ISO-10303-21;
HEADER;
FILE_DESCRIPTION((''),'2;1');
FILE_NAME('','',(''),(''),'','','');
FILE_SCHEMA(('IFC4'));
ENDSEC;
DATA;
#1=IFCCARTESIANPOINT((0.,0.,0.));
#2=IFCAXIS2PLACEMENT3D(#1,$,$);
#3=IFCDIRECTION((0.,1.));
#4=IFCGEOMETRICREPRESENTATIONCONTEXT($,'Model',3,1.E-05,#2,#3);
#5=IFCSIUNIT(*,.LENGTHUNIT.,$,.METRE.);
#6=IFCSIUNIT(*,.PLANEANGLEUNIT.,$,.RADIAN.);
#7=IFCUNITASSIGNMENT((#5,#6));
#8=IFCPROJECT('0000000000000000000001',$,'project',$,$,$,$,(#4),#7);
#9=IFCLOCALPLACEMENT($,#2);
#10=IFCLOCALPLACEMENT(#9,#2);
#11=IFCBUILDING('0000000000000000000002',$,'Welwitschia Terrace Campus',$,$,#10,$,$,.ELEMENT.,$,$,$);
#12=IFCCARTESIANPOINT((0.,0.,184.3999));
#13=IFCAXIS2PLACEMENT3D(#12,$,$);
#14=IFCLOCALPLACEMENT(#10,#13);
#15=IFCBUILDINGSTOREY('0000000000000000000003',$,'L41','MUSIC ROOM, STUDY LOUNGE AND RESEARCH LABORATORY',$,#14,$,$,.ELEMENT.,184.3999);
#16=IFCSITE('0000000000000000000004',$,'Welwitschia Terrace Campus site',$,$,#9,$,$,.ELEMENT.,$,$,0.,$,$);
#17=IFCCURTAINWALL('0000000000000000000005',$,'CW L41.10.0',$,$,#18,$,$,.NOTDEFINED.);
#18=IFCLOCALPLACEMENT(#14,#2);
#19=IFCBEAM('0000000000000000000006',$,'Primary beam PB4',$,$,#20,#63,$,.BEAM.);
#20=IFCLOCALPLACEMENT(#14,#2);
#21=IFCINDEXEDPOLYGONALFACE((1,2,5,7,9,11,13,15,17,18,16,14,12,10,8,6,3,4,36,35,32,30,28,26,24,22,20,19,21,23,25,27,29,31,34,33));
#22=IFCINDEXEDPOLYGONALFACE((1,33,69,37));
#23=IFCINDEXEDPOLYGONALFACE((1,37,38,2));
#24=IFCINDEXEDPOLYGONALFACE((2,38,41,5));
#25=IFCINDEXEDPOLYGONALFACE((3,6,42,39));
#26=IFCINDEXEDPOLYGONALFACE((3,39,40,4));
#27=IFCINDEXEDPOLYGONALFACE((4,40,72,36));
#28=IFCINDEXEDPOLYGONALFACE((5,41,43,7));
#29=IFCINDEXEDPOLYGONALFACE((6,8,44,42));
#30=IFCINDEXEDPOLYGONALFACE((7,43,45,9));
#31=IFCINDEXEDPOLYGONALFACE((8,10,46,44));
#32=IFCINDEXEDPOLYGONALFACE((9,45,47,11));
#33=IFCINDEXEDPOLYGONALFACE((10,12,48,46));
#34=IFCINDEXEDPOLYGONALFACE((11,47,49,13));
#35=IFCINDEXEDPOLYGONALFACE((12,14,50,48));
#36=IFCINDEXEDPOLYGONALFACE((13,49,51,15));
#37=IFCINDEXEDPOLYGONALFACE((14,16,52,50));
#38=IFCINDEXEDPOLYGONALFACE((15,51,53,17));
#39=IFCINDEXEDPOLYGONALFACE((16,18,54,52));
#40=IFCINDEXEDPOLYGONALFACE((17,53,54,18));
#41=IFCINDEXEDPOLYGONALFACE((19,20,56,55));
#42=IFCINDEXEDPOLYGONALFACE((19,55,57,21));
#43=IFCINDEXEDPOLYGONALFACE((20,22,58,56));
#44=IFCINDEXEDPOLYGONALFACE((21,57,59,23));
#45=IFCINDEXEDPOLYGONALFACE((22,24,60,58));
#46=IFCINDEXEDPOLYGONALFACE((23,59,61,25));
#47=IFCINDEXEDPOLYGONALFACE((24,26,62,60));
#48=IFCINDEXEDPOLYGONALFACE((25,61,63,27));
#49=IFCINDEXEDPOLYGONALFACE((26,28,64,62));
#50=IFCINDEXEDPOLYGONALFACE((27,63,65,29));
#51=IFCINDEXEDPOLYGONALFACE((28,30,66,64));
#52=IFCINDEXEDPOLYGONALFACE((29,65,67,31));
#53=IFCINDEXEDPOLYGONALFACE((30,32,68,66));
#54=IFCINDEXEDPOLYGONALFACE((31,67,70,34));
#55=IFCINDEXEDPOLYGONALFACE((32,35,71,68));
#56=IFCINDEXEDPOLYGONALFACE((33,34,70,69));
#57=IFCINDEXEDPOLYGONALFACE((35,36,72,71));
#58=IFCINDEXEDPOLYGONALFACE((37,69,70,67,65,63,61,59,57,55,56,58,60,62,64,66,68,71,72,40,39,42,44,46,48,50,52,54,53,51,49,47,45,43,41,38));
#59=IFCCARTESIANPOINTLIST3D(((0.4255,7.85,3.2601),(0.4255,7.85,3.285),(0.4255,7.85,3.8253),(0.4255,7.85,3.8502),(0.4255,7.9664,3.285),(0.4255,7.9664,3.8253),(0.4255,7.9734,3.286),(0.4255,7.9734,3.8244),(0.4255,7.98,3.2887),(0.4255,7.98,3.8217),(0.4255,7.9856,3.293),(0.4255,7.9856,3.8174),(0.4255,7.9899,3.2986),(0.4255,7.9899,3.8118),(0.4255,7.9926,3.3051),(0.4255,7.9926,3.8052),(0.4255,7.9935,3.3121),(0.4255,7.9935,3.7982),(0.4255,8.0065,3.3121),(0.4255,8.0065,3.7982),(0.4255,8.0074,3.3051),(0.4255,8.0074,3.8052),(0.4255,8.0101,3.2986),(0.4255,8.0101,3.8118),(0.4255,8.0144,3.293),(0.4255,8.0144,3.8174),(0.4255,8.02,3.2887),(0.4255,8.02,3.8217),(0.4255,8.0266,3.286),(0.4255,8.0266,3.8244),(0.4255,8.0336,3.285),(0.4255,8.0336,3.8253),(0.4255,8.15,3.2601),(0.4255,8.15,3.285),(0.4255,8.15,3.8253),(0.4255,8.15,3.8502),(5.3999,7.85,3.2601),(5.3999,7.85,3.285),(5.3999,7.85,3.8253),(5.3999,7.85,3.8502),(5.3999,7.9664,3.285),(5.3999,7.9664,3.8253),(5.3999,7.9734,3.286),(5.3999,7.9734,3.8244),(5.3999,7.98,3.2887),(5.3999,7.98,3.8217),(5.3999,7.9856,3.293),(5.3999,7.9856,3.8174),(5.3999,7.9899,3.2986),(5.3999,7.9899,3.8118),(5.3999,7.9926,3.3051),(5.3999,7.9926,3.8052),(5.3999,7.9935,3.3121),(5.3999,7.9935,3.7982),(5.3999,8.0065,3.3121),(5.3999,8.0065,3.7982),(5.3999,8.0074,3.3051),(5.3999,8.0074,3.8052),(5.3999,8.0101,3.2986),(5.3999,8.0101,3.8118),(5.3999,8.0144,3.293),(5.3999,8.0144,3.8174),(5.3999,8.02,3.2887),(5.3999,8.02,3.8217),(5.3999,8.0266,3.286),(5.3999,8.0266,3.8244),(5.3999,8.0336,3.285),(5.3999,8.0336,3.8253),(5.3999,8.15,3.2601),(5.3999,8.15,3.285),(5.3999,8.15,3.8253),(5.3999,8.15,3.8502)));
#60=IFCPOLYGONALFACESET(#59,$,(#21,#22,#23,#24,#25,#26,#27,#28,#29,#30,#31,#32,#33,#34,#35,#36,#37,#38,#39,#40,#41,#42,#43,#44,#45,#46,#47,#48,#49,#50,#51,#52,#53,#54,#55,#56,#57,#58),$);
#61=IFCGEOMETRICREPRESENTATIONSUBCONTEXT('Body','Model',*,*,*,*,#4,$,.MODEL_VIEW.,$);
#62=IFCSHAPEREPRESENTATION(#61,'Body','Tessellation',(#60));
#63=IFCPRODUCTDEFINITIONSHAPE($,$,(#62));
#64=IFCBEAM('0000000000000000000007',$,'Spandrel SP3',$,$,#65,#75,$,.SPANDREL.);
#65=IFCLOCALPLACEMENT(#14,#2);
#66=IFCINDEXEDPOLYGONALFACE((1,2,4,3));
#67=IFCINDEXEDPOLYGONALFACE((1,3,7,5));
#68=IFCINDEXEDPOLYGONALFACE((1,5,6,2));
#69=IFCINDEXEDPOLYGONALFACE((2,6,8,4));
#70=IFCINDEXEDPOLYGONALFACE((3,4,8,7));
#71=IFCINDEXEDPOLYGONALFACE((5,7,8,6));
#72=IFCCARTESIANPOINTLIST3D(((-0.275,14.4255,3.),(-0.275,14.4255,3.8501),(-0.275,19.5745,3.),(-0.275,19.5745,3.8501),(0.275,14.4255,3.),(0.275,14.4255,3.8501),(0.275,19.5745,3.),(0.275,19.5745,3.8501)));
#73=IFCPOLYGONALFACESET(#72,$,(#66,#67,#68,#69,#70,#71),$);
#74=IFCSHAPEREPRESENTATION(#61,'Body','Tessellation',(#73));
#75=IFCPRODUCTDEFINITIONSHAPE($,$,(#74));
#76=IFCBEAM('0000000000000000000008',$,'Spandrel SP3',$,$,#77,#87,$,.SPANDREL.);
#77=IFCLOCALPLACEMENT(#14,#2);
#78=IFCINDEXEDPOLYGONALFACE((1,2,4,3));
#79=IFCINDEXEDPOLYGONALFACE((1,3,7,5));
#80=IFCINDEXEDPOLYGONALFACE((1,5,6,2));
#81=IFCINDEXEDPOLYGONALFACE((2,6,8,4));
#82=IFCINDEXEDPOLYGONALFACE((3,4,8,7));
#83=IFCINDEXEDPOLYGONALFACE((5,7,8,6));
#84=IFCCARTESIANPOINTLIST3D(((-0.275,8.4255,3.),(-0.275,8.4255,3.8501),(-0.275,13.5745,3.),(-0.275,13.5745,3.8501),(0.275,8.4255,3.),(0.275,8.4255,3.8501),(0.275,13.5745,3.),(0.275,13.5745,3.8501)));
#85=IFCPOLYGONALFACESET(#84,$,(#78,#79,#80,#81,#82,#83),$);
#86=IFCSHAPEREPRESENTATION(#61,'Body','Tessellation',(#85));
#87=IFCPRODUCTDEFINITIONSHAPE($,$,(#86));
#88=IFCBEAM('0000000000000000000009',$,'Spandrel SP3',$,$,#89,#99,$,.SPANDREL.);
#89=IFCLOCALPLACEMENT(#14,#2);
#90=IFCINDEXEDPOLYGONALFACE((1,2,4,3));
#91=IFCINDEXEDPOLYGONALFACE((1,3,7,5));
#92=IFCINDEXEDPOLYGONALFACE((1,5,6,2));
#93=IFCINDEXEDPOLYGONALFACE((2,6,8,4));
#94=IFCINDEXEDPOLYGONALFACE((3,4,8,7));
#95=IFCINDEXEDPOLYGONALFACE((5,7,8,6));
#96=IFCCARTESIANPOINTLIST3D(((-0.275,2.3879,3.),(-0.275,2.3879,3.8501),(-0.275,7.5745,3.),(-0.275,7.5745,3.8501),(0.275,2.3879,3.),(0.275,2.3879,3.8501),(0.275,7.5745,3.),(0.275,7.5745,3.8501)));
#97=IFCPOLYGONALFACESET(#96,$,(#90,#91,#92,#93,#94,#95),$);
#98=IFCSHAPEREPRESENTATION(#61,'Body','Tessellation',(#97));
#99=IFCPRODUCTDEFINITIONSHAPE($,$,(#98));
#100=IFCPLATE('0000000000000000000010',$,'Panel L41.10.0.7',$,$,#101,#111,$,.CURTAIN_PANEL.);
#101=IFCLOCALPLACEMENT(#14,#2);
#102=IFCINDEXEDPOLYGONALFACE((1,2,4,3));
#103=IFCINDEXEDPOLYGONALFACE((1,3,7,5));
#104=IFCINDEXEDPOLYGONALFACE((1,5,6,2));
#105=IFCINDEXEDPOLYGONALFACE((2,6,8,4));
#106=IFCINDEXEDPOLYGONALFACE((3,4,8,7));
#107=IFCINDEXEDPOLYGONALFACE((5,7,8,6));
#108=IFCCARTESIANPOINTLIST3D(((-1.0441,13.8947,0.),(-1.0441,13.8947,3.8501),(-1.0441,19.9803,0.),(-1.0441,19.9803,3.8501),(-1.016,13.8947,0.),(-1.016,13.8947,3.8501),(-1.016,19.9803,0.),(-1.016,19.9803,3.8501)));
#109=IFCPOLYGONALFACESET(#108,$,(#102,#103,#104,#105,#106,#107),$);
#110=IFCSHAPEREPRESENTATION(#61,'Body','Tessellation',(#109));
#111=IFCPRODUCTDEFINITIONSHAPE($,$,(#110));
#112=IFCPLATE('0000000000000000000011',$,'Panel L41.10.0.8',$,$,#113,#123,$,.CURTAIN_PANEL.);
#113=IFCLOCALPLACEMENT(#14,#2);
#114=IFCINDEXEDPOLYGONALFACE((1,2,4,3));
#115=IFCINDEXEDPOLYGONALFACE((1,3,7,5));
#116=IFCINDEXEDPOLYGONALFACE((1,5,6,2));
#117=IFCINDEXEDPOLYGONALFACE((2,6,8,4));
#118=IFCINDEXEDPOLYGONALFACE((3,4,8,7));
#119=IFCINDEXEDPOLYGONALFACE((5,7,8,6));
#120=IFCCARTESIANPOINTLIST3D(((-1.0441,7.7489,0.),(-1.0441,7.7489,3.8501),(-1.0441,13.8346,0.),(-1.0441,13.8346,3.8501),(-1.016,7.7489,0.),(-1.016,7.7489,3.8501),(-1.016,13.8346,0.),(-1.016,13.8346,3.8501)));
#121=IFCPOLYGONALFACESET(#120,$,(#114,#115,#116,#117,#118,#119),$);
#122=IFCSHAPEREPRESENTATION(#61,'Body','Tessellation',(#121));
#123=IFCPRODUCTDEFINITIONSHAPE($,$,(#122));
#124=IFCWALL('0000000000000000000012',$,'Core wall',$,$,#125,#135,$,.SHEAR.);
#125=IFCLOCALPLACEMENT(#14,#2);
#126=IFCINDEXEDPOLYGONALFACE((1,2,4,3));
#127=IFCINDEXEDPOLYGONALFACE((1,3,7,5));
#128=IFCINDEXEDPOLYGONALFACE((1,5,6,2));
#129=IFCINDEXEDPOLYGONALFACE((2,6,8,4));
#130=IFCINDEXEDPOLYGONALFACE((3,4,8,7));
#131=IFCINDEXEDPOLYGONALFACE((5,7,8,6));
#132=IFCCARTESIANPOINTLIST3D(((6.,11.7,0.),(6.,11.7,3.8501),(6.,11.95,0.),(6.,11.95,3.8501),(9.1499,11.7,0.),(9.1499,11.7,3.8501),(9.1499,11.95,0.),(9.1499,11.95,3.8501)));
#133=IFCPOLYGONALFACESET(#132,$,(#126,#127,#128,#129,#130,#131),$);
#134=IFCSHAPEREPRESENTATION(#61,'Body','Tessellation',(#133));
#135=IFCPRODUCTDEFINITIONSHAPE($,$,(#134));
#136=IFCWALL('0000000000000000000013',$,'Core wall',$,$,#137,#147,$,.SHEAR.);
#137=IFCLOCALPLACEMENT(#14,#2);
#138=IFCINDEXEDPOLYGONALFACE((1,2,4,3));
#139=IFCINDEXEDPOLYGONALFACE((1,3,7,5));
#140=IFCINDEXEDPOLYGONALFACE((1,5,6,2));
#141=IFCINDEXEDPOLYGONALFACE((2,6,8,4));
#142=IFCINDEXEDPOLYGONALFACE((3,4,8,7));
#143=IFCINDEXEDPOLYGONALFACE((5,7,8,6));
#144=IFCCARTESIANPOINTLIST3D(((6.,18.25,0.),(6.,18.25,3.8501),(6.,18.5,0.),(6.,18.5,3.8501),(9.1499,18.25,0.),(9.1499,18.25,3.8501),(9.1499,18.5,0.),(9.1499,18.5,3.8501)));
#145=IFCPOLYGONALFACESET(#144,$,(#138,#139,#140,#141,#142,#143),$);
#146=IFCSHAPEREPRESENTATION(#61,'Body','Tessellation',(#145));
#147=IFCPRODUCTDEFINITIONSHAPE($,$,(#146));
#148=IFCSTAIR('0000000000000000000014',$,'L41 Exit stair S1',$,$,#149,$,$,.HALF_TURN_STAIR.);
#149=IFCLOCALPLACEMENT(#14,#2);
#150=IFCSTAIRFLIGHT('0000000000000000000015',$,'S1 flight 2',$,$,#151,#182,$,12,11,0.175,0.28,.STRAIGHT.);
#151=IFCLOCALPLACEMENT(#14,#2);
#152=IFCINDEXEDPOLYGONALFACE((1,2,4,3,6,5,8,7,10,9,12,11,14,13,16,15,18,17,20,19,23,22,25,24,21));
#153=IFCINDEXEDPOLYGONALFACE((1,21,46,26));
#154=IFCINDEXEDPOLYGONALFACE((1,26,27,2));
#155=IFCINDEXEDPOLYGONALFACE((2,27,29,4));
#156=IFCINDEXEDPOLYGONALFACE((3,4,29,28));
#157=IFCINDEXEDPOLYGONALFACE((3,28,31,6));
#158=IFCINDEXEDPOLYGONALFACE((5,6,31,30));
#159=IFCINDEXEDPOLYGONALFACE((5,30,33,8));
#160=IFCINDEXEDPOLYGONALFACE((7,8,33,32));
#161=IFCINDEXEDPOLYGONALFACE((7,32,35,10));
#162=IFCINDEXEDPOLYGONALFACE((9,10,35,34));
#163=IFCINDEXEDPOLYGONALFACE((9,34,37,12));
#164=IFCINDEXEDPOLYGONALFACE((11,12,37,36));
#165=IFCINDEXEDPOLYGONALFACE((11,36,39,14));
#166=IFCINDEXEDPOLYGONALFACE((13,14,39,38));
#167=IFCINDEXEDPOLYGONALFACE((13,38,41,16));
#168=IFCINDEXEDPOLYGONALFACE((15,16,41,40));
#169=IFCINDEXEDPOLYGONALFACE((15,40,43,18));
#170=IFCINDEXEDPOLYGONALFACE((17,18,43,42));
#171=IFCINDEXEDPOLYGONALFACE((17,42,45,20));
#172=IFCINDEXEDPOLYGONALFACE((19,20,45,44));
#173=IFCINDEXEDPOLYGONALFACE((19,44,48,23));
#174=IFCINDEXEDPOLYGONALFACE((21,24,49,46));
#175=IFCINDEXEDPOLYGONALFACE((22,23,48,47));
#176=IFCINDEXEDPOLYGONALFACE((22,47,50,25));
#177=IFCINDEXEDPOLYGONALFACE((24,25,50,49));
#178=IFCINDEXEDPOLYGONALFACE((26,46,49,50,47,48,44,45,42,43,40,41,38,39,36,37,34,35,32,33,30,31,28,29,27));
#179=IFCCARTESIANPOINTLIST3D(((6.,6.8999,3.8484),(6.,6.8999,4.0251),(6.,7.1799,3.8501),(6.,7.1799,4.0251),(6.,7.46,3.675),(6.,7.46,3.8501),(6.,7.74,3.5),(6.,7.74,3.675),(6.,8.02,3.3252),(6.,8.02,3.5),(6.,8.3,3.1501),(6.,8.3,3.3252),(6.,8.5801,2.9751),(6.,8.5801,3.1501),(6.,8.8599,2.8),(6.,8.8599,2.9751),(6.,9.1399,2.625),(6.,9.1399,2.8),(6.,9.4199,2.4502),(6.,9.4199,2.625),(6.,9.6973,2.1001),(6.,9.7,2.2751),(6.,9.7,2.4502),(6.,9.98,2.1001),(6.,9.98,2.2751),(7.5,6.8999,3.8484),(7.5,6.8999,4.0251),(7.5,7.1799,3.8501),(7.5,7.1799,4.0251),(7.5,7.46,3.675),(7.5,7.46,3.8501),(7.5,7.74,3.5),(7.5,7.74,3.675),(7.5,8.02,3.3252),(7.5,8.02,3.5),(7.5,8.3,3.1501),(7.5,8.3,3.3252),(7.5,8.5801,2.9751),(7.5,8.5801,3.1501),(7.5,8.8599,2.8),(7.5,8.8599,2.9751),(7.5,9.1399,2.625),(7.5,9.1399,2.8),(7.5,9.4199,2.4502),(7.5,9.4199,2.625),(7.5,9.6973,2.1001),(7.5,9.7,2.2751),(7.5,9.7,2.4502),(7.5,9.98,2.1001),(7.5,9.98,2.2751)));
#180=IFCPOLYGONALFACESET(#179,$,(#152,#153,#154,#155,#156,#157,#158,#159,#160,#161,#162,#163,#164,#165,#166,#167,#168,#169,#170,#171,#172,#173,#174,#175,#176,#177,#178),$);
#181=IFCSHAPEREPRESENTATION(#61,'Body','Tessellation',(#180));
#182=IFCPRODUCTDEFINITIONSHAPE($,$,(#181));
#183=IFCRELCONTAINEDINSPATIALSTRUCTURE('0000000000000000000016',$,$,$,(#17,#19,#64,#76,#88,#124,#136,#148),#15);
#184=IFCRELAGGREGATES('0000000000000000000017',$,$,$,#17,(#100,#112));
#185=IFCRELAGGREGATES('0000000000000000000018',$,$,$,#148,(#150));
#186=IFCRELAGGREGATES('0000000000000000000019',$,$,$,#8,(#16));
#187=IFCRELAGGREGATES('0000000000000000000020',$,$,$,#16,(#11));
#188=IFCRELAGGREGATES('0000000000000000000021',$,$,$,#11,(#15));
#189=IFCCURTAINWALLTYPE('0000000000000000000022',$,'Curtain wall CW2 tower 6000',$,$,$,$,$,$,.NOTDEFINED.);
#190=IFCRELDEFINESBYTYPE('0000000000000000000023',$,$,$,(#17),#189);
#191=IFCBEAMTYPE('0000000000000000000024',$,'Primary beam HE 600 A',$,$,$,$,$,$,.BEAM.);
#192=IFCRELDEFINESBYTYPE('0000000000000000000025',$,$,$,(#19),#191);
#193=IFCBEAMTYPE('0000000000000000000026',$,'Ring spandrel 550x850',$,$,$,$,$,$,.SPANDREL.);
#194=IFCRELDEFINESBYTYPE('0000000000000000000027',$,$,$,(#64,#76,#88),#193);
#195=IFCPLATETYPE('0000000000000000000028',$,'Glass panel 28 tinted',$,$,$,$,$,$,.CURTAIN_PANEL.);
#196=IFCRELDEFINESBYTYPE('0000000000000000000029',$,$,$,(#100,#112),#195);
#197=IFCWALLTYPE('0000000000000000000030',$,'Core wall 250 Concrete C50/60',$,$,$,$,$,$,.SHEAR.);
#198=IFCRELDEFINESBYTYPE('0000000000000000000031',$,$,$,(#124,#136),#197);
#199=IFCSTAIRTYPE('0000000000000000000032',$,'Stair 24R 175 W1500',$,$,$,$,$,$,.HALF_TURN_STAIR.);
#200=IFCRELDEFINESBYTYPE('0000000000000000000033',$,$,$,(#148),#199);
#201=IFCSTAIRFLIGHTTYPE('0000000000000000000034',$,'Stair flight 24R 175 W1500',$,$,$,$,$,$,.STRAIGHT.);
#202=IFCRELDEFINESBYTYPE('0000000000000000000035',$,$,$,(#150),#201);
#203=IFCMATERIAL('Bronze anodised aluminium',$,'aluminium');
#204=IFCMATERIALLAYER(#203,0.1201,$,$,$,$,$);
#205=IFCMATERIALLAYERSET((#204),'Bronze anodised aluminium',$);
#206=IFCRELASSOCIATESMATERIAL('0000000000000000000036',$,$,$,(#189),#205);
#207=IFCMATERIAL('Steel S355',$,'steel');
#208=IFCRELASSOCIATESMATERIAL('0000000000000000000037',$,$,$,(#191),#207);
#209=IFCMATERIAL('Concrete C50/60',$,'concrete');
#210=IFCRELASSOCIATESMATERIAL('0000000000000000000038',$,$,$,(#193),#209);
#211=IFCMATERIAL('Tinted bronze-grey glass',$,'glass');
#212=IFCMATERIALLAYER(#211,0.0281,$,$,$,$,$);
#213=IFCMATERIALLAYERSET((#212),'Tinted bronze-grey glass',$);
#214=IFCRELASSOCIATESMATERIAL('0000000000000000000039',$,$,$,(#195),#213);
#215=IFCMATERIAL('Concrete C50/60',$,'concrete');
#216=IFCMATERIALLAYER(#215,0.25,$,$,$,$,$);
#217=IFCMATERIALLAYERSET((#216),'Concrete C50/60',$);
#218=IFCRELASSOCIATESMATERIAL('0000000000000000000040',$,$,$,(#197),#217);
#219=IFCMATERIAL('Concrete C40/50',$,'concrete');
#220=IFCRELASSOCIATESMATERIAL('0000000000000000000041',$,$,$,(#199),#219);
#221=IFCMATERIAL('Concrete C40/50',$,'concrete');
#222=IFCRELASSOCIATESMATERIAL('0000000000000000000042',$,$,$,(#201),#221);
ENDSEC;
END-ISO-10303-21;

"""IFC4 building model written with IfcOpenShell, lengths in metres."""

from ifc_helpers import new_model, si_unit, direction, frame, frame_2d, origin, origin_2d, place, context, subcontext, project, spatial, polyline, rectangle, i_section, outline, extrude, material, layer, layer_set, material_profile, profile_set, type_object, element, aggregate, save


model = new_model("IFC4")

# Units and contexts
model_context = context("Model", 3, precision=1e-05, world=origin(), true_north=direction((0.0, 1.0)))
body_context = subcontext(model_context, "Body", "Model", "MODEL_VIEW")
ifc_project = project(units=[si_unit("LENGTHUNIT", "METRE"), si_unit("PLANEANGLEUNIT", "RADIAN")], contexts=[model_context])

# Site, building, storey
site_placement = place(None, origin())
site = spatial("IfcSite", under=ifc_project, at=site_placement, Name="Welwitschia Terrace Campus site", CompositionType="ELEMENT", RefElevation=0.0)
building_placement = place(site_placement, origin())
building = spatial("IfcBuilding", under=site, at=building_placement, Name="Welwitschia Terrace Campus", CompositionType="ELEMENT")
storey_placement = place(building_placement, frame((0.0, 0.0, 184.3999)))
storey = spatial("IfcBuildingStorey", under=building, at=storey_placement, Name="L41", Description="MUSIC ROOM, STUDY LOUNGE AND RESEARCH LABORATORY", CompositionType="ELEMENT", Elevation=184.3999)

# Curtain wall
ifc_material_1 = material(Name="Bronze anodised aluminium", Category="aluminium")
ifc_layer_1 = layer(ifc_material_1, 0.1201)
ifc_layer_set_1 = layer_set([ifc_layer_1], Name="Bronze anodised aluminium")
curtain_wall_type = type_object("IfcCurtainWallType", Name="Curtain wall CW2 tower 6000", PredefinedType="NOTDEFINED", material=ifc_layer_set_1)
curtain_wall_placement = place(storey_placement, origin())
curtain_wall = element("IfcCurtainWall", 1, at=curtain_wall_placement, inside=storey, type_object=curtain_wall_type, Name="CW L41.10.0", PredefinedType="NOTDEFINED")

# Beams
ifc_material_2 = material(Name="Steel S355", Category="steel")
ifc_material_profile_1 = material_profile(ifc_material_2, i_section(OverallWidth=0.3, OverallDepth=0.5901, WebThickness=0.0129, FlangeThickness=0.0249, FilletRadius=0.0271, at=origin_2d()))
ifc_profile_set_1 = profile_set([ifc_material_profile_1], Name="Steel S355")
beam_type_1 = type_object("IfcBeamType", Name="Primary beam HE 600 A", PredefinedType="BEAM", material=ifc_profile_set_1)
for number, where, z_axis, x_axis, name in (
    (2, (0.4255, 8.0, 3.5552), (1.0, 0.0, 0.0), (0.0, 1.0, 0.0), "Primary beam PB4"),
):
    element("IfcBeam", number, at=place(storey_placement, frame(where, z_axis=z_axis, x_axis=x_axis)), inside=storey, type_object=beam_type_1, Name=name, PredefinedType="BEAM", context=body_context, shape_type="SweptSolid", body=[
        extrude(i_section(OverallWidth=0.3, OverallDepth=0.5901, WebThickness=0.0129, FlangeThickness=0.0249, FilletRadius=0.0271, at=origin_2d()), origin(), (0.0, 0.0, 1.0), 4.9744),
    ])
ifc_material_3 = material(Name="Concrete C50/60", Category="concrete")
ifc_material_profile_2 = material_profile(ifc_material_3, rectangle(XDim=0.55, YDim=0.8501, at=origin_2d()))
ifc_profile_set_2 = profile_set([ifc_material_profile_2], Name="Concrete C50/60")
beam_type_2 = type_object("IfcBeamType", Name="Ring spandrel 550x850", PredefinedType="SPANDREL", material=ifc_profile_set_2)
for number, where, z_axis, x_axis, name in (
    (3, (0.0, 19.5745, 3.425), (0.0, -1.0, 0.0), (1.0, 0.0, 0.0), "Spandrel SP3"),
    (4, (0.0, 13.5745, 3.425), (0.0, -1.0, 0.0), (1.0, 0.0, 0.0), "Spandrel SP3"),
):
    element("IfcBeam", number, at=place(storey_placement, frame(where, z_axis=z_axis, x_axis=x_axis)), inside=storey, type_object=beam_type_2, Name=name, PredefinedType="SPANDREL", context=body_context, shape_type="SweptSolid", body=[
        extrude(rectangle(XDim=0.55, YDim=0.8501, at=origin_2d()), origin(), (0.0, 0.0, 1.0), 5.1489),
    ])
beam_1_placement = place(storey_placement, frame((0.0, 7.5745, 3.425), z_axis=(0.0, -1.0, 0.0), x_axis=(1.0, 0.0, 0.0)))
element("IfcBeam", 5, at=beam_1_placement, inside=storey, type_object=beam_type_2, Name="Spandrel SP3", PredefinedType="SPANDREL", context=body_context, shape_type="SweptSolid", body=[
    extrude(rectangle(XDim=0.55, YDim=0.8501, at=origin_2d()), origin(), (0.0, 0.0, 1.0), 5.1865),
])

# Plates
ifc_material_4 = material(Name="Tinted bronze-grey glass", Category="glass")
ifc_layer_2 = layer(ifc_material_4, 0.0281)
ifc_layer_set_2 = layer_set([ifc_layer_2], Name="Tinted bronze-grey glass")
plate_type = type_object("IfcPlateType", Name="Glass panel 28 tinted", PredefinedType="CURTAIN_PANEL", material=ifc_layer_set_2)
plate_1_placement = place(storey_placement, frame((-1.03, 16.9375, 0.0), z_axis=(0.0, 0.0, 1.0), x_axis=(0.0, -1.0, 0.0)))
plate_1 = element("IfcPlate", 6, at=plate_1_placement, type_object=plate_type, Name="Panel L41.10.0.7", PredefinedType="CURTAIN_PANEL", context=body_context, shape_type="SweptSolid", body=[
    extrude(rectangle(XDim=6.0857, YDim=0.0281, at=origin_2d()), origin(), (0.0, 0.0, 1.0), 3.8501),
])
plate_2_placement = place(storey_placement, frame((-1.03, 10.7917, 0.0), z_axis=(0.0, 0.0, 1.0), x_axis=(0.0, -1.0, 0.0)))
plate_2 = element("IfcPlate", 7, at=plate_2_placement, type_object=plate_type, Name="Panel L41.10.0.8", PredefinedType="CURTAIN_PANEL", context=body_context, shape_type="SweptSolid", body=[
    extrude(rectangle(XDim=6.0857, YDim=0.0281, at=origin_2d()), origin(), (0.0, 0.0, 1.0), 3.8501),
])
aggregate(curtain_wall, [plate_1, plate_2])

# Walls
ifc_material_5 = material(Name="Concrete C50/60", Category="concrete")
ifc_layer_3 = layer(ifc_material_5, 0.25)
ifc_layer_set_3 = layer_set([ifc_layer_3], Name="Concrete C50/60")
wall_type = type_object("IfcWallType", Name="Core wall 250 Concrete C50/60", PredefinedType="SHEAR", material=ifc_layer_set_3)
for number, where, z_axis, x_axis, name in (
    (8, (6.0, 11.825, 0.0), (0.0, 0.0, 1.0), (1.0, 0.0, 0.0), "Core wall"),
    (9, (6.0, 18.375, 0.0), (0.0, 0.0, 1.0), (1.0, 0.0, 0.0), "Core wall"),
):
    element("IfcWall", number, at=place(storey_placement, frame(where, z_axis=z_axis, x_axis=x_axis)), inside=storey, type_object=wall_type, Name=name, PredefinedType="SHEAR", context=body_context, shape_type="SweptSolid", body=[
        extrude(rectangle(XDim=3.1499, YDim=0.25, at=frame_2d((1.575, 0.0))), origin(), (0.0, 0.0, 1.0), 3.8501),
    ])

# Stair, stair flight
ifc_material_6 = material(Name="Concrete C40/50", Category="concrete")
stair_type = type_object("IfcStairType", Name="Stair 24R 175 W1500", PredefinedType="HALF_TURN_STAIR", material=ifc_material_6)
stair_1_placement = place(storey_placement, origin())
stair_1 = element("IfcStair", 10, at=stair_1_placement, inside=storey, type_object=stair_type, Name="L41 Exit stair S1", PredefinedType="HALF_TURN_STAIR")
ifc_material_7 = material(Name="Concrete C40/50", Category="concrete")
stair_flight_type = type_object("IfcStairFlightType", Name="Stair flight 24R 175 W1500", PredefinedType="STRAIGHT", material=ifc_material_7)
stair_flight_1_placement = place(storey_placement, frame((6.75, 9.98, 2.1001), z_axis=(0.0, 0.0, 1.0), x_axis=(0.0, -1.0, 0.0)))
stair_flight_1 = element("IfcStairFlight", 11, at=stair_flight_1_placement, type_object=stair_flight_type, Name="S1 flight 2", NumberOfRisers=12, NumberOfTreads=11, PredefinedType="STRAIGHT", RiserHeight=0.175, TreadLength=0.28, context=body_context, shape_type="SweptSolid", body=[
    extrude(outline(polyline([(0.0, 0.0), (0.0, 0.175), (0.28, 0.175), (0.28, 0.3501), (0.5601, 0.3501), (0.5601, 0.5249), (0.8401, 0.5249), (0.8401, 0.7), (1.1201, 0.7), (1.1201, 0.875), (1.3999, 0.875), (1.3999, 1.05), (1.6799, 1.05), (1.6799, 1.2251), (1.96, 1.2251), (1.96, 1.3999), (2.24, 1.3999), (2.24, 1.575), (2.52, 1.575), (2.52, 1.75), (2.8, 1.75), (2.8, 1.925), (3.0801, 1.925), (3.0801, 2.1001), (3.0801, 1.7483), (0.2827, 0.0), (0.0, 0.0)])), frame((0.0, 0.75, 0.0), z_axis=(0.0, -1.0, 0.0), x_axis=(1.0, 0.0, 0.0)), (0.0, 0.0, 1.0), 1.5),
])
aggregate(stair_1, [stair_flight_1])

save(model, "model.ifc")
